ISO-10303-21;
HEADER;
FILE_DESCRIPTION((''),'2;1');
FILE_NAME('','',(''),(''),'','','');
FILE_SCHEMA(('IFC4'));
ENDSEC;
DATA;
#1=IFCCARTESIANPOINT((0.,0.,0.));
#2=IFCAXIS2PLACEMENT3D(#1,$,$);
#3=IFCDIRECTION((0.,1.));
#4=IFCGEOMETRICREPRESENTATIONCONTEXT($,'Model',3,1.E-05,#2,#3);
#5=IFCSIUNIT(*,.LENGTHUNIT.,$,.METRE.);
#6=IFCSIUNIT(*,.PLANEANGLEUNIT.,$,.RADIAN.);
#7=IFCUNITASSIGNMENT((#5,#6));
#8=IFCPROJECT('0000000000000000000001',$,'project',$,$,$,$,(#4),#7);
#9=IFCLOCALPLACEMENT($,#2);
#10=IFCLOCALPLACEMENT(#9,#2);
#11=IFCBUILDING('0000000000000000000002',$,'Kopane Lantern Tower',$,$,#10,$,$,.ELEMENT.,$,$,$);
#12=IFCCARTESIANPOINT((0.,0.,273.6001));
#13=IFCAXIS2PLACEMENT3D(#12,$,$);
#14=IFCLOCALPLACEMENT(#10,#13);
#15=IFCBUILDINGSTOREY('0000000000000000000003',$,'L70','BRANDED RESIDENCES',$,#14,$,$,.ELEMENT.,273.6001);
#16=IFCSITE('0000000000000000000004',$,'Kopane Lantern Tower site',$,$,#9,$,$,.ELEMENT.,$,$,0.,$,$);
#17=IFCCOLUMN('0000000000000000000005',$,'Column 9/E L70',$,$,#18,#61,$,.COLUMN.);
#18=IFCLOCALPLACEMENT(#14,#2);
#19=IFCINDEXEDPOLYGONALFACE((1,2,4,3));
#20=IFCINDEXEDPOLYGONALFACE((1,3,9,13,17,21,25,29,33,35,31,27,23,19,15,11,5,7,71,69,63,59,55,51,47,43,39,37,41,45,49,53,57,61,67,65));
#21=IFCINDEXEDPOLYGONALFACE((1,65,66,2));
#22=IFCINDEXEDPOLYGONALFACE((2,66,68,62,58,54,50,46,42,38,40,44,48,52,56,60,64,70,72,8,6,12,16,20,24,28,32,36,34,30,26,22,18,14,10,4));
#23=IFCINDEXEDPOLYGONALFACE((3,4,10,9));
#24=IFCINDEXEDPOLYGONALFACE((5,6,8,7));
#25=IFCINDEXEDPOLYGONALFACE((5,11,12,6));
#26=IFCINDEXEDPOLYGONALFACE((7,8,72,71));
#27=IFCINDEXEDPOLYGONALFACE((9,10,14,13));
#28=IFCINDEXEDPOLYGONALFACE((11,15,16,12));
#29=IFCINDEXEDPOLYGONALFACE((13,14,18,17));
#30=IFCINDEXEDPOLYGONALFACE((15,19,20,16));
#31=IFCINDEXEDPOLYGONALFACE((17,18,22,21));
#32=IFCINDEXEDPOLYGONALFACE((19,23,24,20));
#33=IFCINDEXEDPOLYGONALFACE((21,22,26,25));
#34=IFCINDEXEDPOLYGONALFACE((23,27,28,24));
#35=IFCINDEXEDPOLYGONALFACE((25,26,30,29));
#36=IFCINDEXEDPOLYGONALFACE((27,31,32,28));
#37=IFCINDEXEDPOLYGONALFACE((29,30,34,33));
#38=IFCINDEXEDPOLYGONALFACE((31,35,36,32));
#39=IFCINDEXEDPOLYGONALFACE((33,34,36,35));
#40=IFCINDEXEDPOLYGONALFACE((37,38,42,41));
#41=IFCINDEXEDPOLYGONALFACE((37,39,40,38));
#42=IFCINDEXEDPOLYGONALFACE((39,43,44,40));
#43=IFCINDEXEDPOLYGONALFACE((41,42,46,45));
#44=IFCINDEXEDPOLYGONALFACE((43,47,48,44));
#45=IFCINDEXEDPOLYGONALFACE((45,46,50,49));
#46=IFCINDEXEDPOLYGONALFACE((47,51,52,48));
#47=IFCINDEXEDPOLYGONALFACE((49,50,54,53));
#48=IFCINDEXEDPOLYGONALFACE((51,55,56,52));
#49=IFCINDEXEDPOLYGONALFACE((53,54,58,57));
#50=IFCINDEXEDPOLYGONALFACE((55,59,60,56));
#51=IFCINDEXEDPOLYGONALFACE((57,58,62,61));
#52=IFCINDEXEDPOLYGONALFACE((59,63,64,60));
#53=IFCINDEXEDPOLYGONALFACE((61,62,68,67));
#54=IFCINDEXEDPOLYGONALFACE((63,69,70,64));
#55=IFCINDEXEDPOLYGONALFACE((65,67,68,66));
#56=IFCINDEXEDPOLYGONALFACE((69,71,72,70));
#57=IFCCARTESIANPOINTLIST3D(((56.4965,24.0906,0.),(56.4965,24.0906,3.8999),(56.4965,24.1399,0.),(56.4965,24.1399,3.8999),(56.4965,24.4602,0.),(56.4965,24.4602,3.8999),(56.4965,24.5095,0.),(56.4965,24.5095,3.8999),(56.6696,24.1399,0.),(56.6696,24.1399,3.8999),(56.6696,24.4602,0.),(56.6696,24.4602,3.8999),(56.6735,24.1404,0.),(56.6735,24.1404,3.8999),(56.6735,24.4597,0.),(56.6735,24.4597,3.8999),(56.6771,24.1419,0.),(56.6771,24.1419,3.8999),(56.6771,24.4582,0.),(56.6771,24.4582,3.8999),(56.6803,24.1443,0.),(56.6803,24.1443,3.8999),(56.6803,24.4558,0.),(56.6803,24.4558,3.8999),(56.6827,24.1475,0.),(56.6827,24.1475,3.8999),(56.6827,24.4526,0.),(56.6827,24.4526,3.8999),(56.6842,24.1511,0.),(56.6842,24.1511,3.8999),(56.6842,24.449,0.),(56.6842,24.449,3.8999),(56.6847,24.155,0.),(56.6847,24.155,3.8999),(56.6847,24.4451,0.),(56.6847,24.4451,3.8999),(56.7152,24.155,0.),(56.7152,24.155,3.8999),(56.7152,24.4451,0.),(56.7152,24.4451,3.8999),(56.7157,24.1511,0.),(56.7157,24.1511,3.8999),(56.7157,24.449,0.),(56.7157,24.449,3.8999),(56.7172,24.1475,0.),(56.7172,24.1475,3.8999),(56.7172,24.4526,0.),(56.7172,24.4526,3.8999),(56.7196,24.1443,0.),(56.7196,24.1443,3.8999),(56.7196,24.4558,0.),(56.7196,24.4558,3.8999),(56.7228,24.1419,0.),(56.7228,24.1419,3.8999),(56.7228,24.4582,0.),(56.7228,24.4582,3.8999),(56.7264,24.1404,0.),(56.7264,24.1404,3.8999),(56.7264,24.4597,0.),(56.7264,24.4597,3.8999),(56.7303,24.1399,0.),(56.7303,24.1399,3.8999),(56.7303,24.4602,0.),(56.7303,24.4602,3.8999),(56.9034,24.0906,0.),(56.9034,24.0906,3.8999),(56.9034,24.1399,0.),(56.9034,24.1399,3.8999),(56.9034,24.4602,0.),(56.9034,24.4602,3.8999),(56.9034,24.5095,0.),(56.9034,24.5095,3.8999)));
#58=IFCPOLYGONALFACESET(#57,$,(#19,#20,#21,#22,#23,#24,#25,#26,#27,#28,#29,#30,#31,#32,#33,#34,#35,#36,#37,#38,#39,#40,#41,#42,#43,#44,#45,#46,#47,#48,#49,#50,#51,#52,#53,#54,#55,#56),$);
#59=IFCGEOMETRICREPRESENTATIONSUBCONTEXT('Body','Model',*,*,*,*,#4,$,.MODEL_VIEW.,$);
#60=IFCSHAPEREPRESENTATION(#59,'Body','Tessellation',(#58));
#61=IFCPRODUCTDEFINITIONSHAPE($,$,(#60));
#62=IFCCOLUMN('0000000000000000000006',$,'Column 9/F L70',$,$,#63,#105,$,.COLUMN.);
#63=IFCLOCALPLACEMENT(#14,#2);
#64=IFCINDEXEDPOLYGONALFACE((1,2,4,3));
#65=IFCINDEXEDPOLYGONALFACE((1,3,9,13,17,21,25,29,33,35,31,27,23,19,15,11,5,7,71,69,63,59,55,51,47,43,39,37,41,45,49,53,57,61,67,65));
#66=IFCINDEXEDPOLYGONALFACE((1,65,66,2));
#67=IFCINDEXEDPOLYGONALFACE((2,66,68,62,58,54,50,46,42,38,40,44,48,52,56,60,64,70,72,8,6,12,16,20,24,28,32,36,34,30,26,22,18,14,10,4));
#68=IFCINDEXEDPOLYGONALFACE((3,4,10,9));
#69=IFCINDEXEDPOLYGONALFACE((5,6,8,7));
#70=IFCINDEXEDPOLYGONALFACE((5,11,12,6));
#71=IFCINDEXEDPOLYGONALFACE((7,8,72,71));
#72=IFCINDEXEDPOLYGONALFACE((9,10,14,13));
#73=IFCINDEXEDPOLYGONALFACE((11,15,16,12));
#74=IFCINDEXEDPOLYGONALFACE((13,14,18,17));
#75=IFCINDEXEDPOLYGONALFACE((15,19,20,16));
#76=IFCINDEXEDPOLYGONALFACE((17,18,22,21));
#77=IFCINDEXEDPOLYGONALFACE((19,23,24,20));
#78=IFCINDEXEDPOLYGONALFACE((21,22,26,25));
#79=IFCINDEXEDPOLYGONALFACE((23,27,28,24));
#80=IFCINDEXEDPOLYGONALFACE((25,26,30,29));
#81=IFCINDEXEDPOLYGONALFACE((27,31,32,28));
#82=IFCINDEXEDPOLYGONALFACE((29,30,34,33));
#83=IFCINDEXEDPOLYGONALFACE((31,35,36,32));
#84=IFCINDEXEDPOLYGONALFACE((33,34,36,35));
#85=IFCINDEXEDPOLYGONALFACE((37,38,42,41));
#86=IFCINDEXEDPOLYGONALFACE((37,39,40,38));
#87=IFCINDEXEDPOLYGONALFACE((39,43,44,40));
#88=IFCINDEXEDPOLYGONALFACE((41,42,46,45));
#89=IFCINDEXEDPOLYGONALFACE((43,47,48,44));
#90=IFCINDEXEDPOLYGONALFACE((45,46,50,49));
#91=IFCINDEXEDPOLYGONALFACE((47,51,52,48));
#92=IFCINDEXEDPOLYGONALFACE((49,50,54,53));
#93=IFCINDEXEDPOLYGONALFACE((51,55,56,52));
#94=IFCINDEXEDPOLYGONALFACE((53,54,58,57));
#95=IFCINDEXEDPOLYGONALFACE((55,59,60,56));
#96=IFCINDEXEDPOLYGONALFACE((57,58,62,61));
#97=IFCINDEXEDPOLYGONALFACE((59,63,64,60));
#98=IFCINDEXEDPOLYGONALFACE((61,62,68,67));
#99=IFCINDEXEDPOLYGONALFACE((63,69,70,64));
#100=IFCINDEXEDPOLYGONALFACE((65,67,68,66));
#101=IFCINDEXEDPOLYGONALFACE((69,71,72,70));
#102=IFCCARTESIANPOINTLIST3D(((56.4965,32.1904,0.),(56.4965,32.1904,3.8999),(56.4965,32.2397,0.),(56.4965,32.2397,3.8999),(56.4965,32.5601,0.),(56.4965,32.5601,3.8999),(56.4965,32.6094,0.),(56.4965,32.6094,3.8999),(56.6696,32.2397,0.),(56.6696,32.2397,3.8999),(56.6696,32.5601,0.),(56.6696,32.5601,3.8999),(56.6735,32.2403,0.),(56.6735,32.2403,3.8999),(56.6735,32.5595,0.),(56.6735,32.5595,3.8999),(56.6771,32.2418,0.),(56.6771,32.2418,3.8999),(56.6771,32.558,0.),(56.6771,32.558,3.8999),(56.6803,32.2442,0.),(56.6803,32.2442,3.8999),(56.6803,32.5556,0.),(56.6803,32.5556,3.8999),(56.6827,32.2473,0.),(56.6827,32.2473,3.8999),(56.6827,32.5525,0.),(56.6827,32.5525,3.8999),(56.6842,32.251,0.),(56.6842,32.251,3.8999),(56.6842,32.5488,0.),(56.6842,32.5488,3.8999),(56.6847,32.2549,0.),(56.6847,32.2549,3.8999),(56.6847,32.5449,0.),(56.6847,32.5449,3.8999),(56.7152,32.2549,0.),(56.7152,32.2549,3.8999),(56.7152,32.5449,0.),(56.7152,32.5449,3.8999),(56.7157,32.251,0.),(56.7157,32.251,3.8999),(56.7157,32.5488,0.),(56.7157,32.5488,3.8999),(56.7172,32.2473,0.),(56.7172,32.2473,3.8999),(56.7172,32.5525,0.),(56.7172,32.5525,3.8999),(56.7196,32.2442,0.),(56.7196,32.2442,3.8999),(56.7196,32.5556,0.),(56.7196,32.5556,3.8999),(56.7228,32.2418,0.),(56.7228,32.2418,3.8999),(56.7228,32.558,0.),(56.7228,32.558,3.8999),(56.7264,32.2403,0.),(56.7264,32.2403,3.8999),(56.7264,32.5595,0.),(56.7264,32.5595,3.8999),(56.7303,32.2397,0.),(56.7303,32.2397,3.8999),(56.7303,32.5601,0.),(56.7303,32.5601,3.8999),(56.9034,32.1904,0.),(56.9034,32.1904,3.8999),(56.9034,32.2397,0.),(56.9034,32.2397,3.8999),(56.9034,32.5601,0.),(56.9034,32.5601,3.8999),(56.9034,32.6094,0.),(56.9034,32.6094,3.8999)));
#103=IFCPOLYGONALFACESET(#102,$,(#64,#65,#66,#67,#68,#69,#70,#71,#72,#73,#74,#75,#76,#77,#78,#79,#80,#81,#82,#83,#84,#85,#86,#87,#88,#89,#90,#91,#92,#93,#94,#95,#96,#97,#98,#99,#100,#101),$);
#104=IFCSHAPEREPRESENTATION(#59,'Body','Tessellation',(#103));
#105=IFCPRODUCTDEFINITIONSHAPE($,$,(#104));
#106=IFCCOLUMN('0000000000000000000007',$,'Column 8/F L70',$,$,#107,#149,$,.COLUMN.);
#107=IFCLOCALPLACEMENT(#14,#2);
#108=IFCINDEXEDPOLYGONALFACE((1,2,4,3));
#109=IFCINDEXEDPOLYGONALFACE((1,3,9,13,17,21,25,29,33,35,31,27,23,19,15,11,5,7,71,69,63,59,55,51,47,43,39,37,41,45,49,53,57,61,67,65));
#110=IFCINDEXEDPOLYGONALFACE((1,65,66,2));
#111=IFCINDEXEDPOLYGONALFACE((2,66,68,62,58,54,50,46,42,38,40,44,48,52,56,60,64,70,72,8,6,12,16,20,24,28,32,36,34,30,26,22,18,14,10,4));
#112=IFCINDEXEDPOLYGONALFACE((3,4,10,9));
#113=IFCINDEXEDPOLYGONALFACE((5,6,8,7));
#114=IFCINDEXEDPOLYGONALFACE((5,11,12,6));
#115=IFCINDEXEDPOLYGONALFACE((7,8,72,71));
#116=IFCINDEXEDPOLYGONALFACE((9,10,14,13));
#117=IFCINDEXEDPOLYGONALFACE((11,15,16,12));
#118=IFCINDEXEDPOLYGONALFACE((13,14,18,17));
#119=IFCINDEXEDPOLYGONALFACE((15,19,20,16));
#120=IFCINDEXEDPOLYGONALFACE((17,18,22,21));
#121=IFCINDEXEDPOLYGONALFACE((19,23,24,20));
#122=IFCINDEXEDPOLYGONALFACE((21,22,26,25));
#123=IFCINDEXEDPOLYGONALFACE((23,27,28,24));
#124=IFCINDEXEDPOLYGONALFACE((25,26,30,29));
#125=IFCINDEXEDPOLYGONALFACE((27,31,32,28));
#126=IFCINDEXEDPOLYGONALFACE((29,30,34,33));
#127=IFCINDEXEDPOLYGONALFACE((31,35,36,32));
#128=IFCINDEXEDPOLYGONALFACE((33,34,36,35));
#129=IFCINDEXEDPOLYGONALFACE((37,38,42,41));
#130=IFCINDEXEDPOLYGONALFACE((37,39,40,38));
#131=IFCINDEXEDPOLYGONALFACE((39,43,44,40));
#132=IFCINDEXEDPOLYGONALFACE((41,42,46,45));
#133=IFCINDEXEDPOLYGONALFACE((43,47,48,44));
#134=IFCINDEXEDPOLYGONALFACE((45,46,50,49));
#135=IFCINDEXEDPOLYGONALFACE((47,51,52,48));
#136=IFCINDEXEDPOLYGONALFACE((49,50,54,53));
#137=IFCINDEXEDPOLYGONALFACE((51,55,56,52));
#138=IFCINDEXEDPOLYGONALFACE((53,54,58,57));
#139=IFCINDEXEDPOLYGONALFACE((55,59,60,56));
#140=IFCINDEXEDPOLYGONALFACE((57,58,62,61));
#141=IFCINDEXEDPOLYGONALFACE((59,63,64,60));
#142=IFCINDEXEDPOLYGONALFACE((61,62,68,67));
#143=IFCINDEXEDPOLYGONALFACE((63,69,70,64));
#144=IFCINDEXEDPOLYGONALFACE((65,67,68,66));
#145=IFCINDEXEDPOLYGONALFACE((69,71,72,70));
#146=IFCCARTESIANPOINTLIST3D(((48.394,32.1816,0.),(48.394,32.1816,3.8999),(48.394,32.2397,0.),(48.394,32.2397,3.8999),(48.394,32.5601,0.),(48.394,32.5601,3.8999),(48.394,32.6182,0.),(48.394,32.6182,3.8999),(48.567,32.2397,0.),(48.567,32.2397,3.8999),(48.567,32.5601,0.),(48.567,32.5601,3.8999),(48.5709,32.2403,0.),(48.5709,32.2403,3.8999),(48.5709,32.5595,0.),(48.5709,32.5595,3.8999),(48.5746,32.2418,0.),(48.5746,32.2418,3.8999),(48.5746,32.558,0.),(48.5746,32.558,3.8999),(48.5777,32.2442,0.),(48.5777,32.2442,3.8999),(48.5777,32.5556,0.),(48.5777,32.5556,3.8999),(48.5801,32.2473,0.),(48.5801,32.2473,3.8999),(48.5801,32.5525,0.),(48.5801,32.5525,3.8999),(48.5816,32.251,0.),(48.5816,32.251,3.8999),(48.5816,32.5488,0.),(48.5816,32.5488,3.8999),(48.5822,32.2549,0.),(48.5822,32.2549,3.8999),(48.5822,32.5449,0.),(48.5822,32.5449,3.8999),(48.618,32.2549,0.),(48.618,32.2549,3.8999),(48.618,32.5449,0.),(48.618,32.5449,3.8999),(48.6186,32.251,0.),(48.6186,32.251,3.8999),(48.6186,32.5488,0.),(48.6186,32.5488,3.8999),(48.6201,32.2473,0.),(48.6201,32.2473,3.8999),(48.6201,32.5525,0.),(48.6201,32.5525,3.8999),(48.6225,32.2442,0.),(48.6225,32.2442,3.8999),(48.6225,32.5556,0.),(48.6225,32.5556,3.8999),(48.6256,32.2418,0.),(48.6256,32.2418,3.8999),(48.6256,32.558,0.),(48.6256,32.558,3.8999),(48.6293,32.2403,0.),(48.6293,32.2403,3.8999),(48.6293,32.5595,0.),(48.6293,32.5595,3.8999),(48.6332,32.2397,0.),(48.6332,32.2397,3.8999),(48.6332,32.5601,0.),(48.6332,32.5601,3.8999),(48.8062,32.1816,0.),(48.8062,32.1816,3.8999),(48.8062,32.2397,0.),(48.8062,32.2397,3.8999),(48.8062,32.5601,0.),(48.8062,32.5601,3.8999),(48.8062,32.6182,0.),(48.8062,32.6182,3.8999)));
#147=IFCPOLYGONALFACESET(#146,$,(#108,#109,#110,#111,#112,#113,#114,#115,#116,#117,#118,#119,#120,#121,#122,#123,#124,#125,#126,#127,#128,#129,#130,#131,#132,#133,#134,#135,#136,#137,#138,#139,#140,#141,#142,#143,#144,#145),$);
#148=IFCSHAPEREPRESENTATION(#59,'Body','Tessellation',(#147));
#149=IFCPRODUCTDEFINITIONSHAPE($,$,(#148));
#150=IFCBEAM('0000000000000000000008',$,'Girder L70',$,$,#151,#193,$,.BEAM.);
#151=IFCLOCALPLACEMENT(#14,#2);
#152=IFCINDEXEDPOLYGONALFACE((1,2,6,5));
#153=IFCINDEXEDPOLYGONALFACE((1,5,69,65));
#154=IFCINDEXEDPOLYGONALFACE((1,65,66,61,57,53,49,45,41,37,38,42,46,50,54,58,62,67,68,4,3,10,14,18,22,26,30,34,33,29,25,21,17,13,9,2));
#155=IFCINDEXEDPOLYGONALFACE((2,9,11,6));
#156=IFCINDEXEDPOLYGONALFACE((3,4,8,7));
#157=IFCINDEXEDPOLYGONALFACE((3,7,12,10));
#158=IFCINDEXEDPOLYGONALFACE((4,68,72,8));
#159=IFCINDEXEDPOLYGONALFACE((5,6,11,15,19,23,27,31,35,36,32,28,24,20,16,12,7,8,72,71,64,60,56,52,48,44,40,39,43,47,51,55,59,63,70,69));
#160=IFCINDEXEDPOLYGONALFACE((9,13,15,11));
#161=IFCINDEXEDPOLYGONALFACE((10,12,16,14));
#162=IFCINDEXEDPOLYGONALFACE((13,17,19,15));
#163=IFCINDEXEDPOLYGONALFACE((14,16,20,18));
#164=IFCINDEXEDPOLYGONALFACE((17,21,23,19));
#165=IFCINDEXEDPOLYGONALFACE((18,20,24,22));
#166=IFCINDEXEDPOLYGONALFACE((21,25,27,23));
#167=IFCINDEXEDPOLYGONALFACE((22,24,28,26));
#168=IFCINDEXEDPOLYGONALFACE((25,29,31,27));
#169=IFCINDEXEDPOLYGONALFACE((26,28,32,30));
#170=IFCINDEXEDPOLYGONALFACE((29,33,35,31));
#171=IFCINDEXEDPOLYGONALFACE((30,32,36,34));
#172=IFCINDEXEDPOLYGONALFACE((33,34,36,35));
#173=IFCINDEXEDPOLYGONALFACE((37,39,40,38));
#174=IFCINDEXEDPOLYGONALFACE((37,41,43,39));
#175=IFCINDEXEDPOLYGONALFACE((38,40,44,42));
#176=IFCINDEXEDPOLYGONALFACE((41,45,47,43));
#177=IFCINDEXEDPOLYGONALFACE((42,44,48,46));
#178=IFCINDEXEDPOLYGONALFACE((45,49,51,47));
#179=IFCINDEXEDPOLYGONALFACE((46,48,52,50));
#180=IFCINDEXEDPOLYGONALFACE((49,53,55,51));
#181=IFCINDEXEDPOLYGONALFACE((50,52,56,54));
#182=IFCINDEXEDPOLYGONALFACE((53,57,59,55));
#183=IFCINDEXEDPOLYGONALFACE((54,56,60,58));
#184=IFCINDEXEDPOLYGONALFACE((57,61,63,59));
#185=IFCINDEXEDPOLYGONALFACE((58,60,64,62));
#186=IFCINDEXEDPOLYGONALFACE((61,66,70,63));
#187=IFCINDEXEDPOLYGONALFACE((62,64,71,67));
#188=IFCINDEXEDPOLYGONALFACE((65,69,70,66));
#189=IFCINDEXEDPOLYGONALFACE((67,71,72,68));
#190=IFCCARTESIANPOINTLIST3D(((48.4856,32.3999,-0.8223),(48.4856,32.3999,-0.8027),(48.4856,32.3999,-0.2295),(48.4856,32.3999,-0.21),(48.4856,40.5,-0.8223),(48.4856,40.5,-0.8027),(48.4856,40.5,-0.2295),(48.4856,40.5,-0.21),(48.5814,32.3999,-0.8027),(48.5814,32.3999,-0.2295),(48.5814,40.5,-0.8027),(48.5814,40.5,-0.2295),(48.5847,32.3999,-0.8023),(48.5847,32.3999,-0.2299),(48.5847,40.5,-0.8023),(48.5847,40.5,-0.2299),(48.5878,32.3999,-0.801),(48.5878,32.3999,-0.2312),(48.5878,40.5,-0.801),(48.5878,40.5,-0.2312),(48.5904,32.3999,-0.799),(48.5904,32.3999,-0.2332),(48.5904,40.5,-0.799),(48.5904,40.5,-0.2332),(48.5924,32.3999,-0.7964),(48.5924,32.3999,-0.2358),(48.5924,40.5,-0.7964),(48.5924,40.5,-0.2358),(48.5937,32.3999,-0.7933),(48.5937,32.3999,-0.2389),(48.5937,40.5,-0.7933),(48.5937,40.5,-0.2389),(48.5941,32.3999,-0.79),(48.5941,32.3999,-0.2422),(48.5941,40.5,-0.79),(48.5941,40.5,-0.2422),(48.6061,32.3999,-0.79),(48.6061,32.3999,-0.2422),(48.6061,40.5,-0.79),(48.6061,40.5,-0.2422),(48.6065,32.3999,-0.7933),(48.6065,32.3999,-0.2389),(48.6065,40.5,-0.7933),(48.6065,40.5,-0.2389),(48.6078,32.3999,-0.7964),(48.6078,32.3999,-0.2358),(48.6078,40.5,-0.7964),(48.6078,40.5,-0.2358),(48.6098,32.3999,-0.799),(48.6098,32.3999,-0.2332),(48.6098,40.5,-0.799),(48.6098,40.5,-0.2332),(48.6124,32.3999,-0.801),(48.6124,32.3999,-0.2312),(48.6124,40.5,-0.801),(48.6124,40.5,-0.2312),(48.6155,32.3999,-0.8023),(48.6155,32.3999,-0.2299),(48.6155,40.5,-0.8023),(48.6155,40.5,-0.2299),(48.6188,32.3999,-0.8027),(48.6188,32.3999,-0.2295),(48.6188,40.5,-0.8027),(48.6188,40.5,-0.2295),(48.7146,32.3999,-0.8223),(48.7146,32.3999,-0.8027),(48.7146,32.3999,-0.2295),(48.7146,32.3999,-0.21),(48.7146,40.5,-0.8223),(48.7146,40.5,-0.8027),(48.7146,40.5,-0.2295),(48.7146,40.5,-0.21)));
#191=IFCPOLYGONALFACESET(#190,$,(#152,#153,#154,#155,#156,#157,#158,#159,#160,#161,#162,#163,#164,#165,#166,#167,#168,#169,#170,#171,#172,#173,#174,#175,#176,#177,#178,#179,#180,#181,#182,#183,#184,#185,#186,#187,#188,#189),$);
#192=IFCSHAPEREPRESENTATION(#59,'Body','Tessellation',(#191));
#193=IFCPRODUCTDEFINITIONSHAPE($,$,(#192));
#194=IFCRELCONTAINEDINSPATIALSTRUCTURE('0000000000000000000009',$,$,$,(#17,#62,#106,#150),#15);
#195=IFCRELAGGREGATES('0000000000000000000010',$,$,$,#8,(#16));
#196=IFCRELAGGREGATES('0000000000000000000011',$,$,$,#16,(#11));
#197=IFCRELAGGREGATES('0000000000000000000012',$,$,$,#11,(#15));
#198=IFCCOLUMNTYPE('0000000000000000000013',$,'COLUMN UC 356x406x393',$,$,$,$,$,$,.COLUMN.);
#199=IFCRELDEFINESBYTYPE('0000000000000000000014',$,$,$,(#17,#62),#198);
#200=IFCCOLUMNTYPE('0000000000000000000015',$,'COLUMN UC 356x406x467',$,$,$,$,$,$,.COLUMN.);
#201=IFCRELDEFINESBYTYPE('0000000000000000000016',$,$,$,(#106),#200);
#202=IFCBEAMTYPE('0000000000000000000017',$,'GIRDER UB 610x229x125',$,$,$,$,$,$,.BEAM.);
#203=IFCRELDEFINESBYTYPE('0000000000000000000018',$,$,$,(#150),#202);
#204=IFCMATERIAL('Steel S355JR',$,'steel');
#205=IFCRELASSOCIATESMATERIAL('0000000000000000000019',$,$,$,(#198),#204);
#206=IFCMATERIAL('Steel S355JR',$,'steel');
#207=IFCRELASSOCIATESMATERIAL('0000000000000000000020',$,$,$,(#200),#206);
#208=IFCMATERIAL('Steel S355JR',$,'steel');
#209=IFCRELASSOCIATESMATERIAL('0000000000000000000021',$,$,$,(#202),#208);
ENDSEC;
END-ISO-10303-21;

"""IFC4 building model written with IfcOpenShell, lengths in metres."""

from ifc_helpers import new_model, si_unit, direction, frame, origin, origin_2d, place, context, subcontext, project, spatial, i_section, extrude, material, material_profile, profile_set, type_object, element, save


model = new_model("IFC4")

# Units and contexts
model_context = context("Model", 3, precision=1e-05, world=origin(), true_north=direction((0.0, 1.0)))
body_context = subcontext(model_context, "Body", "Model", "MODEL_VIEW")
ifc_project = project(units=[si_unit("LENGTHUNIT", "METRE"), si_unit("PLANEANGLEUNIT", "RADIAN")], contexts=[model_context])

# Site, building, storey
site_placement = place(None, origin())
site = spatial("IfcSite", under=ifc_project, at=site_placement, Name="Kopane Lantern Tower site", CompositionType="ELEMENT", RefElevation=0.0)
building_placement = place(site_placement, origin())
building = spatial("IfcBuilding", under=site, at=building_placement, Name="Kopane Lantern Tower", CompositionType="ELEMENT")
storey_placement = place(building_placement, frame((0.0, 0.0, 273.6001)))
storey = spatial("IfcBuildingStorey", under=building, at=storey_placement, Name="L70", Description="BRANDED RESIDENCES", CompositionType="ELEMENT", Elevation=273.6001)

# Columns
ifc_material_1 = material(Name="Steel S355JR", Category="steel")
ifc_material_profile_1 = material_profile(ifc_material_1, i_section(OverallWidth=0.407, OverallDepth=0.4189, WebThickness=0.0305, FlangeThickness=0.0493, FilletRadius=0.0151, at=origin_2d()), Name="UC 356x406x393")
ifc_profile_set_1 = profile_set([ifc_material_profile_1], Name="Steel S355JR")
column_type_1 = type_object("IfcColumnType", Name="COLUMN UC 356x406x393", PredefinedType="COLUMN", material=ifc_profile_set_1)
for number, where, z_axis, x_axis, name in (
    (1, (56.7, 24.3, 0.0), (0.0, 0.0, 1.0), (1.0, 0.0, 0.0), "Column 9/E L70"),
    (2, (56.7, 32.3999, 0.0), (0.0, 0.0, 1.0), (1.0, 0.0, 0.0), "Column 9/F L70"),
):
    element("IfcColumn", number, at=place(storey_placement, frame(where, z_axis=z_axis, x_axis=x_axis)), inside=storey, type_object=column_type_1, Name=name, PredefinedType="COLUMN", context=body_context, shape_type="SweptSolid", body=[
        extrude(i_section(OverallWidth=0.407, OverallDepth=0.4189, WebThickness=0.0305, FlangeThickness=0.0493, FilletRadius=0.0151, at=origin_2d()), origin(), (0.0, 0.0, 1.0), 3.8999),
    ])
ifc_material_2 = material(Name="Steel S355JR", Category="steel")
ifc_material_profile_2 = material_profile(ifc_material_2, i_section(OverallWidth=0.4121, OverallDepth=0.4365, WebThickness=0.0359, FlangeThickness=0.0581, FilletRadius=0.0151, at=origin_2d()), Name="UC 356x406x467")
ifc_profile_set_2 = profile_set([ifc_material_profile_2], Name="Steel S355JR")
column_type_2 = type_object("IfcColumnType", Name="COLUMN UC 356x406x467", PredefinedType="COLUMN", material=ifc_profile_set_2)
column_placement = place(storey_placement, frame((48.6001, 32.3999, 0.0), z_axis=(0.0, 0.0, 1.0), x_axis=(1.0, 0.0, 0.0)))
element("IfcColumn", 3, at=column_placement, inside=storey, type_object=column_type_2, Name="Column 8/F L70", PredefinedType="COLUMN", context=body_context, shape_type="SweptSolid", body=[
    extrude(i_section(OverallWidth=0.4121, OverallDepth=0.4365, WebThickness=0.0359, FlangeThickness=0.0581, FilletRadius=0.0151, at=origin_2d()), origin(), (0.0, 0.0, 1.0), 3.8999),
])

# Beam
ifc_material_3 = material(Name="Steel S355JR", Category="steel")
ifc_material_profile_3 = material_profile(ifc_material_3, i_section(OverallWidth=0.229, OverallDepth=0.6123, WebThickness=0.012, FlangeThickness=0.0195, FilletRadius=0.0127, at=origin_2d()), Name="UB 610x229x125")
ifc_profile_set_3 = profile_set([ifc_material_profile_3], Name="Steel S355JR")
beam_type = type_object("IfcBeamType", Name="GIRDER UB 610x229x125", PredefinedType="BEAM", material=ifc_profile_set_3)
beam_1_placement = place(storey_placement, frame((48.6001, 32.3999, -0.5161), z_axis=(0.0, 1.0, 0.0), x_axis=(-1.0, 0.0, 0.0)))
element("IfcBeam", 4, at=beam_1_placement, inside=storey, type_object=beam_type, Name="Girder L70", PredefinedType="BEAM", context=body_context, shape_type="SweptSolid", body=[
    extrude(i_section(OverallWidth=0.229, OverallDepth=0.6123, WebThickness=0.012, FlangeThickness=0.0195, FilletRadius=0.0127, at=origin_2d()), origin(), (0.0, 0.0, 1.0), 8.1001),
])

save(model, "model.ifc")
